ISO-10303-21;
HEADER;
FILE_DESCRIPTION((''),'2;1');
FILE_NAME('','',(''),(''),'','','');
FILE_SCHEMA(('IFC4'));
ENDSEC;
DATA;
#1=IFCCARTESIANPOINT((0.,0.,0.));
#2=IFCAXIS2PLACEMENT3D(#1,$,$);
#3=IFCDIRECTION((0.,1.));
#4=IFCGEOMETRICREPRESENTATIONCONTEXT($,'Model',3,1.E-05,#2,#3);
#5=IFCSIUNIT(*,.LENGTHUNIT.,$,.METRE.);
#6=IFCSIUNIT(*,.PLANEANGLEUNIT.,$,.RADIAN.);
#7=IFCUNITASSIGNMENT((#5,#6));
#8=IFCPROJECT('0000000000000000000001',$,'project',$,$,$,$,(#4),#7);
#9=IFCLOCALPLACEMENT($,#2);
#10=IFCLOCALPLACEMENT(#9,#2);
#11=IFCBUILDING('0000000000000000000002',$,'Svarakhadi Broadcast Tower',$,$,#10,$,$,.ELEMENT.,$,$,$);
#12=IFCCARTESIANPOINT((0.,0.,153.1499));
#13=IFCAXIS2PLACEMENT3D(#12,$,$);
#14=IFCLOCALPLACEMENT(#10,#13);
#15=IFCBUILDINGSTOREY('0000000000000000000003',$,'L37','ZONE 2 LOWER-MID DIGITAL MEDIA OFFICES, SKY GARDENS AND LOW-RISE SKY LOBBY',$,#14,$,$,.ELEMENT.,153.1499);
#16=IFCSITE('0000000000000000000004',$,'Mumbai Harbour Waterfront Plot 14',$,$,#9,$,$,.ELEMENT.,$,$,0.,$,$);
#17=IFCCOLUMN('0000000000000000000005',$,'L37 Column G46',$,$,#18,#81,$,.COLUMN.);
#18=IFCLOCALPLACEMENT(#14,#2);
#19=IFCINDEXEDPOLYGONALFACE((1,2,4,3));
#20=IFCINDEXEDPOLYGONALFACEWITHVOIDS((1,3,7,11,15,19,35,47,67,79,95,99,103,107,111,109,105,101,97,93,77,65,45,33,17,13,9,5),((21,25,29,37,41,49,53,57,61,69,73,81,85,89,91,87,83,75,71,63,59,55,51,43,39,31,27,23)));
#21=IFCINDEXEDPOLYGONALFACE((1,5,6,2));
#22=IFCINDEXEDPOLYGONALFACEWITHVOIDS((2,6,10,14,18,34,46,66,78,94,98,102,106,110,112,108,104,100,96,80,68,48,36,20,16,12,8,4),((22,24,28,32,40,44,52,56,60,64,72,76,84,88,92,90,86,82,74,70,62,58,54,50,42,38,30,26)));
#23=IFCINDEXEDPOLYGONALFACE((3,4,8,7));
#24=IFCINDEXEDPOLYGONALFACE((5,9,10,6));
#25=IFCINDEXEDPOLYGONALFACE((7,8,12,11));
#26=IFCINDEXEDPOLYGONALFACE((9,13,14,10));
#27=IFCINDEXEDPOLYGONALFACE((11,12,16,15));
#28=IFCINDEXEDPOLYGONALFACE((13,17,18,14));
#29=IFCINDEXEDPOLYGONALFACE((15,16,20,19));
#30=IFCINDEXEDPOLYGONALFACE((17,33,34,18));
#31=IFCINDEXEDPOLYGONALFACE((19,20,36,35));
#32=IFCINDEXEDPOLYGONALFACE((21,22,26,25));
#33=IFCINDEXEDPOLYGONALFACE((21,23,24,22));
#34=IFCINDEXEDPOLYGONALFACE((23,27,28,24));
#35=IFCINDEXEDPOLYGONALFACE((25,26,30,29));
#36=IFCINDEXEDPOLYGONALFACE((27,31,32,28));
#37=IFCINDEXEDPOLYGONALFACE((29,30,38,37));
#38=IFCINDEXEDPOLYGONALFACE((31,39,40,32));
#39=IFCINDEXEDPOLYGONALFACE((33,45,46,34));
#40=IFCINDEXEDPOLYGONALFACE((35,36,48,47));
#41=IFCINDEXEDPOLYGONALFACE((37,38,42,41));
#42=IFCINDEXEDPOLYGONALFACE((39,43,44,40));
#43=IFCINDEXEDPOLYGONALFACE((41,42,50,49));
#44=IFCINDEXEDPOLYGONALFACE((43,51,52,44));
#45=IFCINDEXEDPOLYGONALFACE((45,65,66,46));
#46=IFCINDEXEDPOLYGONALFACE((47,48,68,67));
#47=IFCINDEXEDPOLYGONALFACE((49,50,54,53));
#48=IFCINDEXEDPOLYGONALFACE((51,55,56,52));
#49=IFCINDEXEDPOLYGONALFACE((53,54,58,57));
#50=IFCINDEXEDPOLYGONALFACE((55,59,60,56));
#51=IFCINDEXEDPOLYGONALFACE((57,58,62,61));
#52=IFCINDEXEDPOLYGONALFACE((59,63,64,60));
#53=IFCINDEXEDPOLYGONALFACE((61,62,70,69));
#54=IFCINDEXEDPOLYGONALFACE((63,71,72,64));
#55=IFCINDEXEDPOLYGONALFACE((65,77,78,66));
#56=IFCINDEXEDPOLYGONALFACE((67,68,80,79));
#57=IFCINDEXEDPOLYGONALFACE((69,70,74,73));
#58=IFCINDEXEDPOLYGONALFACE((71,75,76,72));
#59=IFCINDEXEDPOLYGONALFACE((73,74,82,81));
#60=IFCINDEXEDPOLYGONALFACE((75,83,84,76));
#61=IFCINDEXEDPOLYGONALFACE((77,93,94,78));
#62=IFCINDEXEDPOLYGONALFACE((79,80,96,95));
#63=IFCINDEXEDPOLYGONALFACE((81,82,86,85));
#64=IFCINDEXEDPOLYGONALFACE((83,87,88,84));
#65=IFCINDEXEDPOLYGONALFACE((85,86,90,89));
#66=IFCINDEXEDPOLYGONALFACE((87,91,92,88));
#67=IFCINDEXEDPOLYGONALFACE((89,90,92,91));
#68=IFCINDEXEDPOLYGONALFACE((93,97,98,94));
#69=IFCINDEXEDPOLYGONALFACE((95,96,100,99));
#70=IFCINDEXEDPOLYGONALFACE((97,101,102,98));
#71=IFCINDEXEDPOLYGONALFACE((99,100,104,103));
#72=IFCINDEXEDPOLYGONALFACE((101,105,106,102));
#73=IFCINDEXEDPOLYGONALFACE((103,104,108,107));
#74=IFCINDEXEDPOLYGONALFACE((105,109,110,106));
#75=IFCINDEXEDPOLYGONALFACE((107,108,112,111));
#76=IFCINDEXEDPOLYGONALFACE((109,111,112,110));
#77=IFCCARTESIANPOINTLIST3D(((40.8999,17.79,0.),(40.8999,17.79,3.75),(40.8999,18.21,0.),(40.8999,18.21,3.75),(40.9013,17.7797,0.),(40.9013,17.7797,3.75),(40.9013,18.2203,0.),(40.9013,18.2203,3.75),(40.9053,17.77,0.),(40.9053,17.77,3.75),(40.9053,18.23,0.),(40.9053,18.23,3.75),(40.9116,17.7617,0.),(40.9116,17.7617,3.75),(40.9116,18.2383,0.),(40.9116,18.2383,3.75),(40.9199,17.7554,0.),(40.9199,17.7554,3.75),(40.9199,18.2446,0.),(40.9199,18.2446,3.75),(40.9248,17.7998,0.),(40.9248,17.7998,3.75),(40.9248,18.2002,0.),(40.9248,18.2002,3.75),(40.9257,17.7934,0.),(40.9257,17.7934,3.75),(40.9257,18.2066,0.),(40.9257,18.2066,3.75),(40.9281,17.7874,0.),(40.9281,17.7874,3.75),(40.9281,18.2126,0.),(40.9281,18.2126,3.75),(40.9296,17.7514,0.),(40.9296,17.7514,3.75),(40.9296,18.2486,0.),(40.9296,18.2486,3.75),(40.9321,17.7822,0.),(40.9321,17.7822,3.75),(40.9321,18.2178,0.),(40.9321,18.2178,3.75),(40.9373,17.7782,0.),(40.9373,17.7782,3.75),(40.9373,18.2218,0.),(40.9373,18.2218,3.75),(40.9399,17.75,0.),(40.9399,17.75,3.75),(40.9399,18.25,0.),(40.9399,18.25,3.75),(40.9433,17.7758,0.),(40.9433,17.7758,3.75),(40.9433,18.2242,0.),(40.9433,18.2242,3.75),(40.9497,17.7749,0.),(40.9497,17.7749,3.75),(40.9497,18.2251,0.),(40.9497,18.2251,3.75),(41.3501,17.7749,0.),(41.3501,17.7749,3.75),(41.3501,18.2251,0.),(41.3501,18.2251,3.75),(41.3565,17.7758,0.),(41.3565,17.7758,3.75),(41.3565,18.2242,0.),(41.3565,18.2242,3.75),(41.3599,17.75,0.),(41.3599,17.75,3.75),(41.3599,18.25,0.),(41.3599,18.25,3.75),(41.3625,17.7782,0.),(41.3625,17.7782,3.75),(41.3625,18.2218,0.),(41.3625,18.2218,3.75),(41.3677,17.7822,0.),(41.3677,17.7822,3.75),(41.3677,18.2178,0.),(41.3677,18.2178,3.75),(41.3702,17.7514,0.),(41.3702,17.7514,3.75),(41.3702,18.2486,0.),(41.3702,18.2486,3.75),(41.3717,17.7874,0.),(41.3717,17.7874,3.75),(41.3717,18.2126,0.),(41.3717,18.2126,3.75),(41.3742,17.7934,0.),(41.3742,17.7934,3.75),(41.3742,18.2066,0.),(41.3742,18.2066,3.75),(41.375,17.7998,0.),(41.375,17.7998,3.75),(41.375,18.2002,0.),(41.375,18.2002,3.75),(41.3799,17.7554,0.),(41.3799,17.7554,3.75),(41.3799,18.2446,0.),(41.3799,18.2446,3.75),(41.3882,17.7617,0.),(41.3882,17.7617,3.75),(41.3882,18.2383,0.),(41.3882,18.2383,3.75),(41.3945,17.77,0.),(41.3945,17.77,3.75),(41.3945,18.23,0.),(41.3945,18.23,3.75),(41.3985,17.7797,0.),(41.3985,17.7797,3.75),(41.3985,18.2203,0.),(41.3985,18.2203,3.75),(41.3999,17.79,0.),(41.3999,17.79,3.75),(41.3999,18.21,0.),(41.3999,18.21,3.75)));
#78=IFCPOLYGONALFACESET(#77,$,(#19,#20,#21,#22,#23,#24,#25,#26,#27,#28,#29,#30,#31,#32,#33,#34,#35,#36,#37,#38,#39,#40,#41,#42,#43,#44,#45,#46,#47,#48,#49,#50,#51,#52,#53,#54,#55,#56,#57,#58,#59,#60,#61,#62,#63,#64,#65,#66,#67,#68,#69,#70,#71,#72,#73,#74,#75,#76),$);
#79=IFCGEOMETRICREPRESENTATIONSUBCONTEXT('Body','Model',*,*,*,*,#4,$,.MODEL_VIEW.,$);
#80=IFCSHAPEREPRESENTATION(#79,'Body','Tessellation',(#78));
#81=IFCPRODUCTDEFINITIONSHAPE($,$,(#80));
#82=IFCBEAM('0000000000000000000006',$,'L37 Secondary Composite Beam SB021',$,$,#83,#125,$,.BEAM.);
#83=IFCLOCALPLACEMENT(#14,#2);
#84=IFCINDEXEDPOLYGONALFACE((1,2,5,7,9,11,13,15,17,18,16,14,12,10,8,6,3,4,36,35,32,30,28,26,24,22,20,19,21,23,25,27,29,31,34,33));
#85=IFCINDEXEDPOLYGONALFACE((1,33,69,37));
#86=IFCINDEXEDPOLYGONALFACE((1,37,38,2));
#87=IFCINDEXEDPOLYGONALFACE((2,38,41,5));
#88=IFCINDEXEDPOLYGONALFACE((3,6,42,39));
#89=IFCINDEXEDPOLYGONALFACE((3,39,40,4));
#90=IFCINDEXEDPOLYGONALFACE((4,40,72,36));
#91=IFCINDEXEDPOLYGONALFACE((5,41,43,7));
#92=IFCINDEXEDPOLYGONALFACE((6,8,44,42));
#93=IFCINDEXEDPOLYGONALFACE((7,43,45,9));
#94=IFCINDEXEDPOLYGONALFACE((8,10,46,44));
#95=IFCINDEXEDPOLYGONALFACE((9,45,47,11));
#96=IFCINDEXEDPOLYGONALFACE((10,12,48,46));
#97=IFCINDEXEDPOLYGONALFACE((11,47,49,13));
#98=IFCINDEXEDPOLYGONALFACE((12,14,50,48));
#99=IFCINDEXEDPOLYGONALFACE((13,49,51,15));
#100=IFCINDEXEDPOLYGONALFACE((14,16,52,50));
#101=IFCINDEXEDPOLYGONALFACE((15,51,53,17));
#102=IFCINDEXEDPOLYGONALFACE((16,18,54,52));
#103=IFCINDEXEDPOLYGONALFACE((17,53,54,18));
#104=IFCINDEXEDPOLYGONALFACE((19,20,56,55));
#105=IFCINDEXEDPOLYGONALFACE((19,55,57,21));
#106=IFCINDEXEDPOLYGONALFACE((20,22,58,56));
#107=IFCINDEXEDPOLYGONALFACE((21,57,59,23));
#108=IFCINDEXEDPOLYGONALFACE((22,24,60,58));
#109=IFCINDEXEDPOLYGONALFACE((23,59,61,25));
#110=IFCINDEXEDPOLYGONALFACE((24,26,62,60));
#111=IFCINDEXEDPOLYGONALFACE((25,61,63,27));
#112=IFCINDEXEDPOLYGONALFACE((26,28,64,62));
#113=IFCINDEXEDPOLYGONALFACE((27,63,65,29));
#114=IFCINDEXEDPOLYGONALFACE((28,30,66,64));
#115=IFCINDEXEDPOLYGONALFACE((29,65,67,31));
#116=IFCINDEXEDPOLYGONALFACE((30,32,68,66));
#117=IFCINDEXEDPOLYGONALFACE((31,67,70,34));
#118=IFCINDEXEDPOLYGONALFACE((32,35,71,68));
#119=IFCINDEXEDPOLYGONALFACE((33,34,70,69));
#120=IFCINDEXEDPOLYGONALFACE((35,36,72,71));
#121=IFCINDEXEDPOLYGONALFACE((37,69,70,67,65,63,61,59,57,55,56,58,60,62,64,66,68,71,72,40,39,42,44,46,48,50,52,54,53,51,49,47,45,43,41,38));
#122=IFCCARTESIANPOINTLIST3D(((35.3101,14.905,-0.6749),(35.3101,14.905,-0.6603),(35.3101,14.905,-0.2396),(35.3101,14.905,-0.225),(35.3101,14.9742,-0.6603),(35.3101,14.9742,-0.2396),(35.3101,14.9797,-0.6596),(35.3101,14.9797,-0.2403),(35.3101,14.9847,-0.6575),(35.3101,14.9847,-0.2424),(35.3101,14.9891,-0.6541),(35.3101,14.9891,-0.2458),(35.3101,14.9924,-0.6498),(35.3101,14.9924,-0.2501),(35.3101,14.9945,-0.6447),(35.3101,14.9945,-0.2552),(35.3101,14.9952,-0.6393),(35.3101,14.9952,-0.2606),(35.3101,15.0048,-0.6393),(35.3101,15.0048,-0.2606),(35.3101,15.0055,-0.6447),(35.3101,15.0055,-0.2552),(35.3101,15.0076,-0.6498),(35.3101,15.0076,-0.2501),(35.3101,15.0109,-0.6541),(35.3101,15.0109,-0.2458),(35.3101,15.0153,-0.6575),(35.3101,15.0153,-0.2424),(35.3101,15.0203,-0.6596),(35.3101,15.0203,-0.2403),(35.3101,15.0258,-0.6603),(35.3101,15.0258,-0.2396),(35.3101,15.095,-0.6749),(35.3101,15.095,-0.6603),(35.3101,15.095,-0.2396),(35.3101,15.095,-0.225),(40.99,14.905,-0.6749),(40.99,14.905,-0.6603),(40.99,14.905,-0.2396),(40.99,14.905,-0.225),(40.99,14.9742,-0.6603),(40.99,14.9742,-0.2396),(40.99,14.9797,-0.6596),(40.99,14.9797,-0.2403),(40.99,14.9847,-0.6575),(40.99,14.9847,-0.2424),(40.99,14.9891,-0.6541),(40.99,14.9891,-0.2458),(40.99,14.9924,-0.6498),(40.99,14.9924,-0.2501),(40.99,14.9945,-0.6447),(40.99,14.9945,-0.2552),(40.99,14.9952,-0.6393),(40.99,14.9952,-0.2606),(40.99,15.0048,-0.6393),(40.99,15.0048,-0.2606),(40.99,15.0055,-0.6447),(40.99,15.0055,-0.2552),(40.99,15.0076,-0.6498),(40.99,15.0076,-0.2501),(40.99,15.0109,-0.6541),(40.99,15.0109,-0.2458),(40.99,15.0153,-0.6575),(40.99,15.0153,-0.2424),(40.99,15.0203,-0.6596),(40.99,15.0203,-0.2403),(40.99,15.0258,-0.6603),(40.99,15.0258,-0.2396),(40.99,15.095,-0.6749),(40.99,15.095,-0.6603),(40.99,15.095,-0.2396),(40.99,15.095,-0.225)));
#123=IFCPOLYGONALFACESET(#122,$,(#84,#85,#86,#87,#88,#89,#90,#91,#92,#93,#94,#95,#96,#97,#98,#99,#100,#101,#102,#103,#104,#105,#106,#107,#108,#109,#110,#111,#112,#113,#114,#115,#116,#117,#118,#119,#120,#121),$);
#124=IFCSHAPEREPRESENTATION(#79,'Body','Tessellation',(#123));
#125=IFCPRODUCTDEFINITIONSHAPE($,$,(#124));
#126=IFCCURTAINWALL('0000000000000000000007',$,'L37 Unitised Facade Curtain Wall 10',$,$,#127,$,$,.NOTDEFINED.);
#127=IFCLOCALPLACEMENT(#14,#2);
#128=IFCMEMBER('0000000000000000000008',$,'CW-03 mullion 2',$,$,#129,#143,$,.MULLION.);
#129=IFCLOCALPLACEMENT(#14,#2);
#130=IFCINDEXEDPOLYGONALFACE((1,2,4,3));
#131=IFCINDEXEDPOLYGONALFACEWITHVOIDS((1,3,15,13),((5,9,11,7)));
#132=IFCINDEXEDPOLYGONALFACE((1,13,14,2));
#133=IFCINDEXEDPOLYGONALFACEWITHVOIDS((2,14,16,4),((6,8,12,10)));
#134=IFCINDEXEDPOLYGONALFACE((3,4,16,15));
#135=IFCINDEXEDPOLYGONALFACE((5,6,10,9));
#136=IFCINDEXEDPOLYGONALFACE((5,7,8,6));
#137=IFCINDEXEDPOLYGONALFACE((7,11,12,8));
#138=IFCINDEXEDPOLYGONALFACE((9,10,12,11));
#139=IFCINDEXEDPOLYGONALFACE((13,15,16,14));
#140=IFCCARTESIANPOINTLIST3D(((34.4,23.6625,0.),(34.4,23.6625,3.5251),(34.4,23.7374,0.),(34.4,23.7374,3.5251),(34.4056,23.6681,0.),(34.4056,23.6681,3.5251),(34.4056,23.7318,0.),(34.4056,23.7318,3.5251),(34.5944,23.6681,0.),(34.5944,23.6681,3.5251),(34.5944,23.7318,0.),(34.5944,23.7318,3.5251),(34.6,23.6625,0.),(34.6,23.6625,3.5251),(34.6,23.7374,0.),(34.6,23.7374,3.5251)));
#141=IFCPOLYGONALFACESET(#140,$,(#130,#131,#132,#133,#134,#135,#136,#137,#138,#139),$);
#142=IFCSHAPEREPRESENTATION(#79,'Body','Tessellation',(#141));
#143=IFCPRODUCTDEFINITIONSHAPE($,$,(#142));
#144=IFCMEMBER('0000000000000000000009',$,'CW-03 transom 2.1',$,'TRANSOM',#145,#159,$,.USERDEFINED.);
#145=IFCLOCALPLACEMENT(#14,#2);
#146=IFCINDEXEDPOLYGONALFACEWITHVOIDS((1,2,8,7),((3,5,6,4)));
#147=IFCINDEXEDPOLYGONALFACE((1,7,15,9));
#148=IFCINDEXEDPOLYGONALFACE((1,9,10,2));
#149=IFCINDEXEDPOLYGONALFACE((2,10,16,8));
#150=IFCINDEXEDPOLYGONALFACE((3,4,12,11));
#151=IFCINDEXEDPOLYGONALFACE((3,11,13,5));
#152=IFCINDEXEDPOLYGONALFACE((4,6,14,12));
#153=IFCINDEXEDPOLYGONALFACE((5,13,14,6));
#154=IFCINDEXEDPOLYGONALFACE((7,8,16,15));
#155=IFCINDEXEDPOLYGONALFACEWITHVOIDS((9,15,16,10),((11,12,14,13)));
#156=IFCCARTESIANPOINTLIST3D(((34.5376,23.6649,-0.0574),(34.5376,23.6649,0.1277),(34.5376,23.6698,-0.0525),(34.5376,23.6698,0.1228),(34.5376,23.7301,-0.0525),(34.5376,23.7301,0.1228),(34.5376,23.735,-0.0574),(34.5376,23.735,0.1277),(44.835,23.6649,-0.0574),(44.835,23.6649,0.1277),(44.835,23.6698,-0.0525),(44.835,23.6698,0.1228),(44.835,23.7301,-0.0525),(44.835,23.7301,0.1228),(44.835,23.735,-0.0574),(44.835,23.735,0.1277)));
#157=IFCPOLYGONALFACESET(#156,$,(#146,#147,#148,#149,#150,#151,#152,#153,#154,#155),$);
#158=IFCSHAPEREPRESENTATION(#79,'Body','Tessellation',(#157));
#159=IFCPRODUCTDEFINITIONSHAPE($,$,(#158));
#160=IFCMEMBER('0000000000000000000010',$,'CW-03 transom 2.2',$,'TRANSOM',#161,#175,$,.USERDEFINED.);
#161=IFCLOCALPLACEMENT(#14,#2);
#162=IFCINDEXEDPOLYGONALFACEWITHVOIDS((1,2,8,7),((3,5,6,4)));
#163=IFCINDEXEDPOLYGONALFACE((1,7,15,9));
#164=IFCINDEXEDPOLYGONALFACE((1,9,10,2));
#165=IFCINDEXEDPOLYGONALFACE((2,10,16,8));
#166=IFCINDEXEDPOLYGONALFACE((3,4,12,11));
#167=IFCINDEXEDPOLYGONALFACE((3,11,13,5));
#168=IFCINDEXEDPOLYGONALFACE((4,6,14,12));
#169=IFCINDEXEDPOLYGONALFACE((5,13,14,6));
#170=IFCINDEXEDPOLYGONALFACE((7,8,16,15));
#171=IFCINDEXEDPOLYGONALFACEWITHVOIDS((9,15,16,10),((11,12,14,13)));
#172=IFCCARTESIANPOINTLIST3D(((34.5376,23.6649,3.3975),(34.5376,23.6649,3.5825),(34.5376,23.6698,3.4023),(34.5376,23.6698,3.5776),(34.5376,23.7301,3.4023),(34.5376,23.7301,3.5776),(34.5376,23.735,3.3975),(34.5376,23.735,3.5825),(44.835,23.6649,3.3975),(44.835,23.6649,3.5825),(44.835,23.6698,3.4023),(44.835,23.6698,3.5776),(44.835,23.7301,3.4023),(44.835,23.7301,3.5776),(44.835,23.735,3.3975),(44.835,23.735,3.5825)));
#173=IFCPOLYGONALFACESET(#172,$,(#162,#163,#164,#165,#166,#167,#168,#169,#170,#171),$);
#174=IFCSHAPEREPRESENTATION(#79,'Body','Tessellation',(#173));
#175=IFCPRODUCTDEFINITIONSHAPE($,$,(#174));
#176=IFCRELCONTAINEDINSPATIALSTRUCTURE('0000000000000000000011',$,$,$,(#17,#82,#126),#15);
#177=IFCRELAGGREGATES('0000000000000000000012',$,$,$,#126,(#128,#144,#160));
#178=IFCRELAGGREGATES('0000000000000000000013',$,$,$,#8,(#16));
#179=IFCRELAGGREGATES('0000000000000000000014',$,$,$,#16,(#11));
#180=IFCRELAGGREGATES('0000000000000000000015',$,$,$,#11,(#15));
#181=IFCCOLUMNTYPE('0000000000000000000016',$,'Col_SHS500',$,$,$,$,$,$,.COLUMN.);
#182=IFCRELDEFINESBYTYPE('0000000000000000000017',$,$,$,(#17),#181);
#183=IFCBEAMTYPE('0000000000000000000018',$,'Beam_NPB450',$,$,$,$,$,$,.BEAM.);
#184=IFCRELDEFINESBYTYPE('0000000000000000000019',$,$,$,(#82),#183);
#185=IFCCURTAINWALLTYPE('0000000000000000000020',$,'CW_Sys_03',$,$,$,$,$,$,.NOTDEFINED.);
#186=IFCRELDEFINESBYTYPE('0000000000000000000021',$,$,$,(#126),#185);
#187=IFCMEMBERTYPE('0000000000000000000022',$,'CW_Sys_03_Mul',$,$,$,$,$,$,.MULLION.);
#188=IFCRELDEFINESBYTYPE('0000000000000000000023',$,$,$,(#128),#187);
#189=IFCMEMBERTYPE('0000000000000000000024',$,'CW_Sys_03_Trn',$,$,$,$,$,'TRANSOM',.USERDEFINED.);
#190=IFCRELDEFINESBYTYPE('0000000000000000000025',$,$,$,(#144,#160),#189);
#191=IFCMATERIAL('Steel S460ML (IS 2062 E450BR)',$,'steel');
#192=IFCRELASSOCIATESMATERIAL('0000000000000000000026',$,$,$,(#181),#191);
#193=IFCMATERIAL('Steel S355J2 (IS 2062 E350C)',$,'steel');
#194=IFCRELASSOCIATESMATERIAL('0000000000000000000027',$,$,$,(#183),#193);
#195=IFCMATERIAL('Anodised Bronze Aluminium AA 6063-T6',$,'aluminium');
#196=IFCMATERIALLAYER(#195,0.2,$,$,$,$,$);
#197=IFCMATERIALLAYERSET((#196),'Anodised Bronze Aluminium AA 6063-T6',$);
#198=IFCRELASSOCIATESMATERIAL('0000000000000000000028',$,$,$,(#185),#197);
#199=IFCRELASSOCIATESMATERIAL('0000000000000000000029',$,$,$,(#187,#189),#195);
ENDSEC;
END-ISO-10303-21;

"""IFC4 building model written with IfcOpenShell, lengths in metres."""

from ifc_helpers import new_model, si_unit, direction, frame, origin, origin_2d, place, context, subcontext, project, spatial, hollow_rectangle, i_section, extrude, material, layer, layer_set, material_profile, profile_set, type_object, element, aggregate, save


model = new_model("IFC4")

# Units and contexts
model_context = context("Model", 3, precision=1e-05, world=origin(), true_north=direction((0.0, 1.0)))
body_context = subcontext(model_context, "Body", "Model", "MODEL_VIEW")
ifc_project = project(units=[si_unit("LENGTHUNIT", "METRE"), si_unit("PLANEANGLEUNIT", "RADIAN")], contexts=[model_context])

# Site, building, storey
site_placement = place(None, origin())
site = spatial("IfcSite", under=ifc_project, at=site_placement, Name="Mumbai Harbour Waterfront Plot 14", CompositionType="ELEMENT", RefElevation=0.0)
building_placement = place(site_placement, origin())
building = spatial("IfcBuilding", under=site, at=building_placement, Name="Svarakhadi Broadcast Tower", CompositionType="ELEMENT")
storey_placement = place(building_placement, frame((0.0, 0.0, 153.1499)))
storey = spatial("IfcBuildingStorey", under=building, at=storey_placement, Name="L37", Description="ZONE 2 LOWER-MID DIGITAL MEDIA OFFICES, SKY GARDENS AND LOW-RISE SKY LOBBY", CompositionType="ELEMENT", Elevation=153.1499)

# Column
ifc_material_1 = material(Name="Steel S460ML (IS 2062 E450BR)", Category="steel")
ifc_material_profile_1 = material_profile(ifc_material_1, hollow_rectangle(XDim=0.5, YDim=0.5, WallThickness=0.0249, InnerFilletRadius=0.0249, OuterFilletRadius=0.04, at=origin_2d()), Name="SHS 500x500x25")
ifc_profile_set_1 = profile_set([ifc_material_profile_1], Name="Steel S460ML (IS 2062 E450BR)")
column_type_1 = type_object("IfcColumnType", Name="Col_SHS500", PredefinedType="COLUMN", material=ifc_profile_set_1)
for number, where, z_axis, x_axis, name in (
    (1, (41.1499, 18.0, 0.0), (0.0, 0.0, 1.0), (1.0, 0.0, 0.0), "L37 Column G46"),
):
    element("IfcColumn", number, at=place(storey_placement, frame(where, z_axis=z_axis, x_axis=x_axis)), inside=storey, type_object=column_type_1, Name=name, PredefinedType="COLUMN", context=body_context, shape_type="SweptSolid", body=[
        extrude(hollow_rectangle(XDim=0.5, YDim=0.5, WallThickness=0.0249, InnerFilletRadius=0.0249, OuterFilletRadius=0.04, at=origin_2d()), origin(), (0.0, 0.0, 1.0), 3.75),
    ])

# Beam
ifc_material_2 = material(Name="Steel S355J2 (IS 2062 E350C)", Category="steel")
ifc_material_profile_2 = material_profile(ifc_material_2, i_section(OverallWidth=0.1899, OverallDepth=0.45, WebThickness=0.0095, FlangeThickness=0.0146, FilletRadius=0.021, at=origin_2d()), Name="NPB 450x190x78")
ifc_profile_set_2 = profile_set([ifc_material_profile_2], Name="Steel S355J2 (IS 2062 E350C)")
beam_type_1 = type_object("IfcBeamType", Name="Beam_NPB450", PredefinedType="BEAM", material=ifc_profile_set_2)
beam_1_placement = place(storey_placement, frame((35.3101, 15.0, -0.45), z_axis=(1.0, 0.0, 0.0), x_axis=(0.0, 1.0, 0.0)))
element("IfcBeam", 2, at=beam_1_placement, inside=storey, type_object=beam_type_1, Name="L37 Secondary Composite Beam SB021", PredefinedType="BEAM", context=body_context, shape_type="SweptSolid", body=[
    extrude(i_section(OverallWidth=0.1899, OverallDepth=0.45, WebThickness=0.0095, FlangeThickness=0.0146, FilletRadius=0.021, at=origin_2d()), origin(), (0.0, 0.0, 1.0), 5.6799),
])

# Curtain wall, members
ifc_material_3 = material(Name="Anodised Bronze Aluminium AA 6063-T6", Category="aluminium")
ifc_layer_1 = layer(ifc_material_3, 0.2)
ifc_layer_set_1 = layer_set([ifc_layer_1], Name="Anodised Bronze Aluminium AA 6063-T6")
curtain_wall_type = type_object("IfcCurtainWallType", Name="CW_Sys_03", PredefinedType="NOTDEFINED", material=ifc_layer_set_1)
curtain_wall_placement = place(storey_placement, origin())
curtain_wall = element("IfcCurtainWall", 3, at=curtain_wall_placement, inside=storey, type_object=curtain_wall_type, Name="L37 Unitised Facade Curtain Wall 10", PredefinedType="NOTDEFINED")
ifc_material_profile_3 = material_profile(ifc_material_3, hollow_rectangle(XDim=0.075, YDim=0.2, WallThickness=0.0056, at=origin_2d()), Name="ALU MULLION 200x75x6")
ifc_profile_set_3 = profile_set([ifc_material_profile_3], Name="Anodised Bronze Aluminium AA 6063-T6")
member_type_1 = type_object("IfcMemberType", Name="CW_Sys_03_Mul", PredefinedType="MULLION", material=ifc_profile_set_3)
member_1_placement = place(storey_placement, frame((34.5, 23.7, 0.0), z_axis=(0.0, 0.0, 1.0), x_axis=(0.0, 1.0, 0.0)))
member_1 = element("IfcMember", 4, at=member_1_placement, type_object=member_type_1, Name="CW-03 mullion 2", PredefinedType="MULLION", context=body_context, shape_type="SweptSolid", body=[
    extrude(hollow_rectangle(XDim=0.075, YDim=0.2, WallThickness=0.0056, at=origin_2d()), origin(), (0.0, 0.0, 1.0), 3.5251),
])
ifc_material_profile_4 = material_profile(ifc_material_3, hollow_rectangle(XDim=0.0701, YDim=0.1851, WallThickness=0.0049, at=origin_2d()), Name="ALU TRANSOM 185x70x5")
ifc_profile_set_4 = profile_set([ifc_material_profile_4], Name="Anodised Bronze Aluminium AA 6063-T6")
member_type_2 = type_object("IfcMemberType", Name="CW_Sys_03_Trn", ElementType="TRANSOM", PredefinedType="USERDEFINED", material=ifc_profile_set_4)
member_2_placement = place(storey_placement, frame((34.5376, 23.7, 0.0352), z_axis=(1.0, 0.0, 0.0), x_axis=(0.0, 1.0, 0.0)))
member_2 = element("IfcMember", 5, at=member_2_placement, type_object=member_type_2, Name="CW-03 transom 2.1", ObjectType="TRANSOM", PredefinedType="USERDEFINED", context=body_context, shape_type="SweptSolid", body=[
    extrude(hollow_rectangle(XDim=0.0701, YDim=0.1851, WallThickness=0.0049, at=origin_2d()), origin(), (0.0, 0.0, 1.0), 10.2974),
])
member_3_placement = place(storey_placement, frame((34.5376, 23.7, 3.49), z_axis=(1.0, 0.0, 0.0), x_axis=(0.0, 1.0, 0.0)))
member_3 = element("IfcMember", 6, at=member_3_placement, type_object=member_type_2, Name="CW-03 transom 2.2", ObjectType="TRANSOM", PredefinedType="USERDEFINED", context=body_context, shape_type="SweptSolid", body=[
    extrude(hollow_rectangle(XDim=0.0701, YDim=0.1851, WallThickness=0.0049, at=origin_2d()), origin(), (0.0, 0.0, 1.0), 10.2974),
])

aggregate(curtain_wall, [member_1, member_2, member_3])

save(model, "model.ifc")
